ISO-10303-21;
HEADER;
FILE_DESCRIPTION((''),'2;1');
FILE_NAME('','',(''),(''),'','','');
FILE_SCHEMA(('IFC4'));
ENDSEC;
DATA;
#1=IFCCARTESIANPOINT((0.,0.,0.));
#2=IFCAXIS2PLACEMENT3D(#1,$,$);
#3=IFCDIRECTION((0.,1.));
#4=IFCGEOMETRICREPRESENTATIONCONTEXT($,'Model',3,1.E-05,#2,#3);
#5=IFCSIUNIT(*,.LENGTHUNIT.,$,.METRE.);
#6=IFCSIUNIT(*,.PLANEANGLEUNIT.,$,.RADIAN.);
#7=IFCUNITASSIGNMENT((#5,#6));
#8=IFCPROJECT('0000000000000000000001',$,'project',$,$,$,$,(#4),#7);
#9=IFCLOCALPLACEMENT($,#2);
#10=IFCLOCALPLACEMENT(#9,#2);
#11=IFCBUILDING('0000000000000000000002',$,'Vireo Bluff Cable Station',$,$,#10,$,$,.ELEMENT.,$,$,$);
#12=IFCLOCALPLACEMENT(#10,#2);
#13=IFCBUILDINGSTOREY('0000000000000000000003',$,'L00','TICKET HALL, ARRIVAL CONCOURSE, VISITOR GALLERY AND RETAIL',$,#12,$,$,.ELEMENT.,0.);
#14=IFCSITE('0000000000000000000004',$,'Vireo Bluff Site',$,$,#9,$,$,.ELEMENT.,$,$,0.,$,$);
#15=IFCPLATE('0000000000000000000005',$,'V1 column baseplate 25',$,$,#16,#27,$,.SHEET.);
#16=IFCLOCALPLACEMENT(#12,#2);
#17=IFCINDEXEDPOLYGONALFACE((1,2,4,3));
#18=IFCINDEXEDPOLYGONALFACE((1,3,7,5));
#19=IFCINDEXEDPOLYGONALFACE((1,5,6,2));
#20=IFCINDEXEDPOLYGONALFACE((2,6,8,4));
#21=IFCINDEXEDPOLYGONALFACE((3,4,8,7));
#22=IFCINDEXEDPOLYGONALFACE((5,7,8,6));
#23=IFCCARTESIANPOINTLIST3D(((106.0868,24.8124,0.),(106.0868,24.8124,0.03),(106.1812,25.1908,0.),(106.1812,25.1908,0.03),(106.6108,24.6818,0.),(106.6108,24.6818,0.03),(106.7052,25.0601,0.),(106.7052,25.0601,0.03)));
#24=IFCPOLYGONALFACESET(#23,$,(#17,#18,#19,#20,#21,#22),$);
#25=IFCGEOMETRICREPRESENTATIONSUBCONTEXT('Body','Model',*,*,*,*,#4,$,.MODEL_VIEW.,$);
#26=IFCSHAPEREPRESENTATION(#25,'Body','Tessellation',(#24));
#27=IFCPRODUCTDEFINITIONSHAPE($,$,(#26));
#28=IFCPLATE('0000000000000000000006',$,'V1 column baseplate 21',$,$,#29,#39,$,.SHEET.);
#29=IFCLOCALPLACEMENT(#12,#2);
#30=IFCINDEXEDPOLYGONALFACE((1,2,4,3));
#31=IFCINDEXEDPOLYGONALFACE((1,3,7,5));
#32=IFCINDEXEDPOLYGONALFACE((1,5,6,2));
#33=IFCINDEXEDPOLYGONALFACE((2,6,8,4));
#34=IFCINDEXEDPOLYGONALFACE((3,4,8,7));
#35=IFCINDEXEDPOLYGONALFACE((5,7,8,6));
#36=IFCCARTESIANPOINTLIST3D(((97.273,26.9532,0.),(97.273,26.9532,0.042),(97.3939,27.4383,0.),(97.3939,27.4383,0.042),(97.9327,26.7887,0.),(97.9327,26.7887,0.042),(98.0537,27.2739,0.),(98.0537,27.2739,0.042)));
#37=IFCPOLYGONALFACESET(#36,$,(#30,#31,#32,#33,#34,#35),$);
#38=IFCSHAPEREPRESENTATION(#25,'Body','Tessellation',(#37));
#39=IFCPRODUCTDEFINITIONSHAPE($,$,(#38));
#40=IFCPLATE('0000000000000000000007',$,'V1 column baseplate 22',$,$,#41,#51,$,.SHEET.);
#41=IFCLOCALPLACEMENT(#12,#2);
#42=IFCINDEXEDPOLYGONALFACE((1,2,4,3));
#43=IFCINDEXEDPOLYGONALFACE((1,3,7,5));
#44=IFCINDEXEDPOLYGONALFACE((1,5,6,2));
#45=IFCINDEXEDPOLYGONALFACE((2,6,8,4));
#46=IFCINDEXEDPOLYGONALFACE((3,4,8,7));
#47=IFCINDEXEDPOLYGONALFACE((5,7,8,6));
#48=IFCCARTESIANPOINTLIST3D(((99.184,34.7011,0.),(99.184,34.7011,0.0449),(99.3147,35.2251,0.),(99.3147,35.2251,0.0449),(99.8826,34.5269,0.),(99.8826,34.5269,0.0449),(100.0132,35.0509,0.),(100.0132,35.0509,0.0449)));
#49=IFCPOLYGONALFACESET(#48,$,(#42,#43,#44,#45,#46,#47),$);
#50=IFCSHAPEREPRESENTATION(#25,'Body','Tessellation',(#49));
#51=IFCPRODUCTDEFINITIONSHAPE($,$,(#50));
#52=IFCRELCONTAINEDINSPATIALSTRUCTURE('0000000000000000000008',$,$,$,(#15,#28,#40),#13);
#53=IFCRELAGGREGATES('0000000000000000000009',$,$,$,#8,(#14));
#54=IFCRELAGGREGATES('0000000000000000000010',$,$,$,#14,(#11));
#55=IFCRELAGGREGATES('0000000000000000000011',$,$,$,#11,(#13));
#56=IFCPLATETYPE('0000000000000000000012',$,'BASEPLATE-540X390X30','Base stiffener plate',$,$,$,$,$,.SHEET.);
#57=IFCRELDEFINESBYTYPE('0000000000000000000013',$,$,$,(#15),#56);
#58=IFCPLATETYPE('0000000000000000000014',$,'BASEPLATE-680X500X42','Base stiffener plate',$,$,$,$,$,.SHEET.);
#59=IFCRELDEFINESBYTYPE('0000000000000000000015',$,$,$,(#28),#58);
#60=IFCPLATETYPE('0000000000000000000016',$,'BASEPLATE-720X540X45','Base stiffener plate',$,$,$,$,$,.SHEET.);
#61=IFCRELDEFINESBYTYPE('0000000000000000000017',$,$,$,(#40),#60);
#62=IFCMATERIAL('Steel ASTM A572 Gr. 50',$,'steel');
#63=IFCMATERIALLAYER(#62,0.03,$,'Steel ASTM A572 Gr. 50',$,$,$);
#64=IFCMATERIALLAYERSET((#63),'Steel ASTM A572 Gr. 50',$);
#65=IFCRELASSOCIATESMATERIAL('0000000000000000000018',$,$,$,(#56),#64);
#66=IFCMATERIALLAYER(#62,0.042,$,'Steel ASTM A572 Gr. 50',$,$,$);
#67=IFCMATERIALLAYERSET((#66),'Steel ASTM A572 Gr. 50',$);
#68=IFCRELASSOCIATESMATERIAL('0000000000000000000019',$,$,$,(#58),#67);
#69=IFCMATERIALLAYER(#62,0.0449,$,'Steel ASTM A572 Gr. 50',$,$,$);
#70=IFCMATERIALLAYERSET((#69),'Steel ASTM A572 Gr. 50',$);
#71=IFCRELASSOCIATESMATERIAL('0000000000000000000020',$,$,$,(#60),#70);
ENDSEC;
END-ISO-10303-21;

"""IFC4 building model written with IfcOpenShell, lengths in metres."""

from ifc_helpers import new_model, si_unit, direction, frame, origin, origin_2d, place, context, subcontext, project, spatial, rectangle, extrude, material, layer, layer_set, type_object, element, save


model = new_model("IFC4")

# Units and contexts
model_context = context("Model", 3, precision=1e-05, world=origin(), true_north=direction((0.0, 1.0)))
body_context = subcontext(model_context, "Body", "Model", "MODEL_VIEW")
ifc_project = project(units=[si_unit("LENGTHUNIT", "METRE"), si_unit("PLANEANGLEUNIT", "RADIAN")], contexts=[model_context])

# Site, building, storey
site_placement = place(None, origin())
site = spatial("IfcSite", under=ifc_project, at=site_placement, Name="Vireo Bluff Site", CompositionType="ELEMENT", RefElevation=0.0)
building_placement = place(site_placement, origin())
building = spatial("IfcBuilding", under=site, at=building_placement, Name="Vireo Bluff Cable Station", CompositionType="ELEMENT")
storey_placement = place(building_placement, origin())
storey = spatial("IfcBuildingStorey", under=building, at=storey_placement, Name="L00", Description="TICKET HALL, ARRIVAL CONCOURSE, VISITOR GALLERY AND RETAIL", CompositionType="ELEMENT", Elevation=0.0)

# Plates
ifc_material_1 = material(Name="Steel ASTM A572 Gr. 50", Category="steel")
ifc_layer_1 = layer(ifc_material_1, 0.03, Name="Steel ASTM A572 Gr. 50")
ifc_layer_set_1 = layer_set([ifc_layer_1], Name="Steel ASTM A572 Gr. 50")
plate_type_1 = type_object("IfcPlateType", Name="BASEPLATE-540X390X30", Description="Base stiffener plate", PredefinedType="SHEET", material=ifc_layer_set_1)
plate_1_placement = place(storey_placement, frame((106.396, 24.9363, 0.0), z_axis=(0.0, 0.0, 1.0), x_axis=(0.970296, -0.241922, 0.0)))
element("IfcPlate", 1, at=plate_1_placement, inside=storey, type_object=plate_type_1, Name="V1 column baseplate 25", PredefinedType="SHEET", context=body_context, shape_type="SweptSolid", body=[
    extrude(rectangle(XDim=0.54, YDim=0.3899, at=origin_2d()), origin(), (0.0, 0.0, 1.0), 0.03),
])
ifc_layer_2 = layer(ifc_material_1, 0.042, Name="Steel ASTM A572 Gr. 50")
ifc_layer_set_2 = layer_set([ifc_layer_2], Name="Steel ASTM A572 Gr. 50")
plate_type_2 = type_object("IfcPlateType", Name="BASEPLATE-680X500X42", Description="Base stiffener plate", PredefinedType="SHEET", material=ifc_layer_set_2)
plate_2_placement = place(storey_placement, frame((97.6633, 27.1135, 0.0), z_axis=(0.0, 0.0, 1.0), x_axis=(0.970296, -0.241922, 0.0)))
element("IfcPlate", 2, at=plate_2_placement, inside=storey, type_object=plate_type_2, Name="V1 column baseplate 21", PredefinedType="SHEET", context=body_context, shape_type="SweptSolid", body=[
    extrude(rectangle(XDim=0.6799, YDim=0.5, at=origin_2d()), origin(), (0.0, 0.0, 1.0), 0.042),
])
ifc_layer_3 = layer(ifc_material_1, 0.0449, Name="Steel ASTM A572 Gr. 50")
ifc_layer_set_3 = layer_set([ifc_layer_3], Name="Steel ASTM A572 Gr. 50")
plate_type_3 = type_object("IfcPlateType", Name="BASEPLATE-720X540X45", Description="Base stiffener plate", PredefinedType="SHEET", material=ifc_layer_set_3)
plate_3_placement = place(storey_placement, frame((99.5986, 34.876, 0.0), z_axis=(0.0, 0.0, 1.0), x_axis=(0.970296, -0.241922, 0.0)))
element("IfcPlate", 3, at=plate_3_placement, inside=storey, type_object=plate_type_3, Name="V1 column baseplate 22", PredefinedType="SHEET", context=body_context, shape_type="SweptSolid", body=[
    extrude(rectangle(XDim=0.72, YDim=0.54, at=origin_2d()), origin(), (0.0, 0.0, 1.0), 0.0449),
])

save(model, "model.ifc")
